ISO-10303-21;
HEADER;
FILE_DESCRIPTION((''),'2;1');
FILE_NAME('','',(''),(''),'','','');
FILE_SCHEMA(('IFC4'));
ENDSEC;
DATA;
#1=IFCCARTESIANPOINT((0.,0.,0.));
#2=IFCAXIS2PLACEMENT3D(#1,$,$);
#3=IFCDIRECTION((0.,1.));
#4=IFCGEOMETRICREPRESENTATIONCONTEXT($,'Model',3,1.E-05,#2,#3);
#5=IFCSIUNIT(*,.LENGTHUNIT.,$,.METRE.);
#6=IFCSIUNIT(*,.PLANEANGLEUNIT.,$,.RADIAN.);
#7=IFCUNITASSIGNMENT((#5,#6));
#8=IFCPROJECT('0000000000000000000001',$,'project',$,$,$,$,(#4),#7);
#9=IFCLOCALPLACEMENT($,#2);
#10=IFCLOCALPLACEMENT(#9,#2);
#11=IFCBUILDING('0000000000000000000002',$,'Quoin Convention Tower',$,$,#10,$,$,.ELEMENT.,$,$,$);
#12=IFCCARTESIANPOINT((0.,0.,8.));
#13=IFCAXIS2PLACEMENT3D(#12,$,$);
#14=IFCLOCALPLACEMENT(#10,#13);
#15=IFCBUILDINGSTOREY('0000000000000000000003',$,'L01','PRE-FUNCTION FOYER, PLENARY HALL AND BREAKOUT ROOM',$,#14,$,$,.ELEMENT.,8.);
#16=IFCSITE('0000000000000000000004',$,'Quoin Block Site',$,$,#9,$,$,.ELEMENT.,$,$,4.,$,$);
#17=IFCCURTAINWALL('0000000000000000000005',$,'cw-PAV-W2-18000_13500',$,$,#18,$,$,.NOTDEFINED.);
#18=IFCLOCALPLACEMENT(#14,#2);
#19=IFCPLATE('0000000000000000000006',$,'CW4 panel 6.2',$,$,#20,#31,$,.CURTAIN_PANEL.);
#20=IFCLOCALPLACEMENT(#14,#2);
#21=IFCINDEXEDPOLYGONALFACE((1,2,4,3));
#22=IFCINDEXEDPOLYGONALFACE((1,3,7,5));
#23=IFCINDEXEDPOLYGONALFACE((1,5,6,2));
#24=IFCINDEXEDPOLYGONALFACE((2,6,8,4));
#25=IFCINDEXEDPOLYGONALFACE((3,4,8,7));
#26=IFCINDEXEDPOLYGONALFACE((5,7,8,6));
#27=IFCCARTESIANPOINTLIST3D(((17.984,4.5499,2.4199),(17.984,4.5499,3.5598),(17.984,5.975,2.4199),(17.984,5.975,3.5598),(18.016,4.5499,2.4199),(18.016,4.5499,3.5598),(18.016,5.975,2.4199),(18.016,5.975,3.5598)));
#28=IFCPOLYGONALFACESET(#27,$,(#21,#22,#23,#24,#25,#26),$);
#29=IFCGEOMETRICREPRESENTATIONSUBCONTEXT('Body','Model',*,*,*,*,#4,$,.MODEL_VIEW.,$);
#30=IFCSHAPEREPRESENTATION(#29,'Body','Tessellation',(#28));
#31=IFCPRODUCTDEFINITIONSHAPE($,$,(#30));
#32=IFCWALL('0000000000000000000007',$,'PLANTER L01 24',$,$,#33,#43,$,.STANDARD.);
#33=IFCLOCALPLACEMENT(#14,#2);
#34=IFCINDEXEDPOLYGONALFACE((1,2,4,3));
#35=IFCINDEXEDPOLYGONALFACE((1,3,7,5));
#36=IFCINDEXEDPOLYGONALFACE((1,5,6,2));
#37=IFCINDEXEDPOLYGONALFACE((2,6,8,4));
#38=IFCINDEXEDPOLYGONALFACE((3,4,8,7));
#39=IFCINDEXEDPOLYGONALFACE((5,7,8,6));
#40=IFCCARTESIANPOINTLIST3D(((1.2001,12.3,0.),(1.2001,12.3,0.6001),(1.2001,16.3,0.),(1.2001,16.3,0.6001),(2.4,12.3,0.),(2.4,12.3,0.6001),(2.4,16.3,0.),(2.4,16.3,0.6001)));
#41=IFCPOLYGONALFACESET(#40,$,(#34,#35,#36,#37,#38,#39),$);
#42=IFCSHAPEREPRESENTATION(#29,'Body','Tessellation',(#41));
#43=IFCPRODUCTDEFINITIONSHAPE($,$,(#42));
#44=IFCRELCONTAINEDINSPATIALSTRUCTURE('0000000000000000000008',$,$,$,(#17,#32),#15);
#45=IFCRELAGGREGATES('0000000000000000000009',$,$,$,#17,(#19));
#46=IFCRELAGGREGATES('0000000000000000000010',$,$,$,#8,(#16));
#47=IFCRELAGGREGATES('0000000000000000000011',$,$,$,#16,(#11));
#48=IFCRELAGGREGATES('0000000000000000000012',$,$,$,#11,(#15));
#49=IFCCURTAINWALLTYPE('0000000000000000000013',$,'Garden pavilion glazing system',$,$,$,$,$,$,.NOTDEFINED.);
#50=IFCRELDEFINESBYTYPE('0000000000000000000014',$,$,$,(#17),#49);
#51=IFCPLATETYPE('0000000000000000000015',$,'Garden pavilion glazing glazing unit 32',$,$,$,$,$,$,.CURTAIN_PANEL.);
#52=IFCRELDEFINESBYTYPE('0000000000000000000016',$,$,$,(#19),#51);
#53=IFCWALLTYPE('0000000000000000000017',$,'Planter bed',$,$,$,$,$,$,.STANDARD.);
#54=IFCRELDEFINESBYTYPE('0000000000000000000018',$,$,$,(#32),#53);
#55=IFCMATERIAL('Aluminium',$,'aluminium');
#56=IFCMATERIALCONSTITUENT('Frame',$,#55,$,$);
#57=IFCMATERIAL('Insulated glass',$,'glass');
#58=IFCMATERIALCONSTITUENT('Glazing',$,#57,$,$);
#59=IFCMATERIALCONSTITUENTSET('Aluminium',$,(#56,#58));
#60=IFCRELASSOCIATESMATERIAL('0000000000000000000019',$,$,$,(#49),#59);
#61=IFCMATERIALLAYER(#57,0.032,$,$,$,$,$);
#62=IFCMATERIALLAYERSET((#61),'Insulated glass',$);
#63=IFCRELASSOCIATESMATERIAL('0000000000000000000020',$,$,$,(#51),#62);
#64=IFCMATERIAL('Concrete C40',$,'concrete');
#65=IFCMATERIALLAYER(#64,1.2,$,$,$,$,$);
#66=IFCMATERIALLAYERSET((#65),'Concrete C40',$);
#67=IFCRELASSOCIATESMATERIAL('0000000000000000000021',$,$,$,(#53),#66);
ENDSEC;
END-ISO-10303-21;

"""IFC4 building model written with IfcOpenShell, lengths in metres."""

from ifc_helpers import new_model, si_unit, direction, frame, frame_2d, origin, origin_2d, place, context, subcontext, project, spatial, rectangle, extrude, material, layer, layer_set, constituent, constituent_set, type_object, element, aggregate, save


model = new_model("IFC4")

# Units and contexts
model_context = context("Model", 3, precision=1e-05, world=origin(), true_north=direction((0.0, 1.0)))
body_context = subcontext(model_context, "Body", "Model", "MODEL_VIEW")
ifc_project = project(units=[si_unit("LENGTHUNIT", "METRE"), si_unit("PLANEANGLEUNIT", "RADIAN")], contexts=[model_context])

# Site, building, storey
site_placement = place(None, origin())
site = spatial("IfcSite", under=ifc_project, at=site_placement, Name="Quoin Block Site", CompositionType="ELEMENT", RefElevation=4.0)
building_placement = place(site_placement, origin())
building = spatial("IfcBuilding", under=site, at=building_placement, Name="Quoin Convention Tower", CompositionType="ELEMENT")
storey_placement = place(building_placement, frame((0.0, 0.0, 8.0)))
storey = spatial("IfcBuildingStorey", under=building, at=storey_placement, Name="L01", Description="PRE-FUNCTION FOYER, PLENARY HALL AND BREAKOUT ROOM", CompositionType="ELEMENT", Elevation=8.0)

# Curtain wall
ifc_material_1 = material(Name="Aluminium", Category="aluminium")
ifc_constituent_1 = constituent(ifc_material_1, Name="Frame")
ifc_material_2 = material(Name="Insulated glass", Category="glass")
ifc_constituent_2 = constituent(ifc_material_2, Name="Glazing")
ifc_constituent_set = constituent_set(constituents=[ifc_constituent_1, ifc_constituent_2], Name="Aluminium")
curtain_wall_type = type_object("IfcCurtainWallType", Name="Garden pavilion glazing system", PredefinedType="NOTDEFINED", material=ifc_constituent_set)
curtain_wall_placement = place(storey_placement, origin())
curtain_wall = element("IfcCurtainWall", 1, at=curtain_wall_placement, inside=storey, type_object=curtain_wall_type, Name="cw-PAV-W2-18000_13500", PredefinedType="NOTDEFINED")

# Plate
ifc_layer_1 = layer(ifc_material_2, 0.032)
ifc_layer_set_1 = layer_set([ifc_layer_1], Name="Insulated glass")
plate_type = type_object("IfcPlateType", Name="Garden pavilion glazing glazing unit 32", PredefinedType="CURTAIN_PANEL", material=ifc_layer_set_1)
plate_1_placement = place(storey_placement, frame((18.0, 5.2625, 2.4199), z_axis=(0.0, 0.0, 1.0), x_axis=(0.0, -1.0, 0.0)))
plate_1 = element("IfcPlate", 2, at=plate_1_placement, type_object=plate_type, Name="CW4 panel 6.2", PredefinedType="CURTAIN_PANEL", context=body_context, shape_type="SweptSolid", body=[
    extrude(rectangle(XDim=1.425, YDim=0.032, at=origin_2d()), origin(), (0.0, 0.0, 1.0), 1.1399),
])
aggregate(curtain_wall, [plate_1])

# Wall
ifc_material_3 = material(Name="Concrete C40", Category="concrete")
ifc_layer_2 = layer(ifc_material_3, 1.2)
ifc_layer_set_2 = layer_set([ifc_layer_2], Name="Concrete C40")
wall_type = type_object("IfcWallType", Name="Planter bed", PredefinedType="STANDARD", material=ifc_layer_set_2)
wall_placement = place(storey_placement, frame((1.8, 12.3, 0.0), z_axis=(0.0, 0.0, 1.0), x_axis=(0.0, 1.0, 0.0)))
element("IfcWall", 3, at=wall_placement, inside=storey, type_object=wall_type, Name="PLANTER L01 24", PredefinedType="STANDARD", context=body_context, shape_type="SweptSolid", body=[
    extrude(rectangle(XDim=4.0, YDim=1.2, at=frame_2d((2.0, 0.0))), origin(), (0.0, 0.0, 1.0), 0.6001),
])

save(model, "model.ifc")
